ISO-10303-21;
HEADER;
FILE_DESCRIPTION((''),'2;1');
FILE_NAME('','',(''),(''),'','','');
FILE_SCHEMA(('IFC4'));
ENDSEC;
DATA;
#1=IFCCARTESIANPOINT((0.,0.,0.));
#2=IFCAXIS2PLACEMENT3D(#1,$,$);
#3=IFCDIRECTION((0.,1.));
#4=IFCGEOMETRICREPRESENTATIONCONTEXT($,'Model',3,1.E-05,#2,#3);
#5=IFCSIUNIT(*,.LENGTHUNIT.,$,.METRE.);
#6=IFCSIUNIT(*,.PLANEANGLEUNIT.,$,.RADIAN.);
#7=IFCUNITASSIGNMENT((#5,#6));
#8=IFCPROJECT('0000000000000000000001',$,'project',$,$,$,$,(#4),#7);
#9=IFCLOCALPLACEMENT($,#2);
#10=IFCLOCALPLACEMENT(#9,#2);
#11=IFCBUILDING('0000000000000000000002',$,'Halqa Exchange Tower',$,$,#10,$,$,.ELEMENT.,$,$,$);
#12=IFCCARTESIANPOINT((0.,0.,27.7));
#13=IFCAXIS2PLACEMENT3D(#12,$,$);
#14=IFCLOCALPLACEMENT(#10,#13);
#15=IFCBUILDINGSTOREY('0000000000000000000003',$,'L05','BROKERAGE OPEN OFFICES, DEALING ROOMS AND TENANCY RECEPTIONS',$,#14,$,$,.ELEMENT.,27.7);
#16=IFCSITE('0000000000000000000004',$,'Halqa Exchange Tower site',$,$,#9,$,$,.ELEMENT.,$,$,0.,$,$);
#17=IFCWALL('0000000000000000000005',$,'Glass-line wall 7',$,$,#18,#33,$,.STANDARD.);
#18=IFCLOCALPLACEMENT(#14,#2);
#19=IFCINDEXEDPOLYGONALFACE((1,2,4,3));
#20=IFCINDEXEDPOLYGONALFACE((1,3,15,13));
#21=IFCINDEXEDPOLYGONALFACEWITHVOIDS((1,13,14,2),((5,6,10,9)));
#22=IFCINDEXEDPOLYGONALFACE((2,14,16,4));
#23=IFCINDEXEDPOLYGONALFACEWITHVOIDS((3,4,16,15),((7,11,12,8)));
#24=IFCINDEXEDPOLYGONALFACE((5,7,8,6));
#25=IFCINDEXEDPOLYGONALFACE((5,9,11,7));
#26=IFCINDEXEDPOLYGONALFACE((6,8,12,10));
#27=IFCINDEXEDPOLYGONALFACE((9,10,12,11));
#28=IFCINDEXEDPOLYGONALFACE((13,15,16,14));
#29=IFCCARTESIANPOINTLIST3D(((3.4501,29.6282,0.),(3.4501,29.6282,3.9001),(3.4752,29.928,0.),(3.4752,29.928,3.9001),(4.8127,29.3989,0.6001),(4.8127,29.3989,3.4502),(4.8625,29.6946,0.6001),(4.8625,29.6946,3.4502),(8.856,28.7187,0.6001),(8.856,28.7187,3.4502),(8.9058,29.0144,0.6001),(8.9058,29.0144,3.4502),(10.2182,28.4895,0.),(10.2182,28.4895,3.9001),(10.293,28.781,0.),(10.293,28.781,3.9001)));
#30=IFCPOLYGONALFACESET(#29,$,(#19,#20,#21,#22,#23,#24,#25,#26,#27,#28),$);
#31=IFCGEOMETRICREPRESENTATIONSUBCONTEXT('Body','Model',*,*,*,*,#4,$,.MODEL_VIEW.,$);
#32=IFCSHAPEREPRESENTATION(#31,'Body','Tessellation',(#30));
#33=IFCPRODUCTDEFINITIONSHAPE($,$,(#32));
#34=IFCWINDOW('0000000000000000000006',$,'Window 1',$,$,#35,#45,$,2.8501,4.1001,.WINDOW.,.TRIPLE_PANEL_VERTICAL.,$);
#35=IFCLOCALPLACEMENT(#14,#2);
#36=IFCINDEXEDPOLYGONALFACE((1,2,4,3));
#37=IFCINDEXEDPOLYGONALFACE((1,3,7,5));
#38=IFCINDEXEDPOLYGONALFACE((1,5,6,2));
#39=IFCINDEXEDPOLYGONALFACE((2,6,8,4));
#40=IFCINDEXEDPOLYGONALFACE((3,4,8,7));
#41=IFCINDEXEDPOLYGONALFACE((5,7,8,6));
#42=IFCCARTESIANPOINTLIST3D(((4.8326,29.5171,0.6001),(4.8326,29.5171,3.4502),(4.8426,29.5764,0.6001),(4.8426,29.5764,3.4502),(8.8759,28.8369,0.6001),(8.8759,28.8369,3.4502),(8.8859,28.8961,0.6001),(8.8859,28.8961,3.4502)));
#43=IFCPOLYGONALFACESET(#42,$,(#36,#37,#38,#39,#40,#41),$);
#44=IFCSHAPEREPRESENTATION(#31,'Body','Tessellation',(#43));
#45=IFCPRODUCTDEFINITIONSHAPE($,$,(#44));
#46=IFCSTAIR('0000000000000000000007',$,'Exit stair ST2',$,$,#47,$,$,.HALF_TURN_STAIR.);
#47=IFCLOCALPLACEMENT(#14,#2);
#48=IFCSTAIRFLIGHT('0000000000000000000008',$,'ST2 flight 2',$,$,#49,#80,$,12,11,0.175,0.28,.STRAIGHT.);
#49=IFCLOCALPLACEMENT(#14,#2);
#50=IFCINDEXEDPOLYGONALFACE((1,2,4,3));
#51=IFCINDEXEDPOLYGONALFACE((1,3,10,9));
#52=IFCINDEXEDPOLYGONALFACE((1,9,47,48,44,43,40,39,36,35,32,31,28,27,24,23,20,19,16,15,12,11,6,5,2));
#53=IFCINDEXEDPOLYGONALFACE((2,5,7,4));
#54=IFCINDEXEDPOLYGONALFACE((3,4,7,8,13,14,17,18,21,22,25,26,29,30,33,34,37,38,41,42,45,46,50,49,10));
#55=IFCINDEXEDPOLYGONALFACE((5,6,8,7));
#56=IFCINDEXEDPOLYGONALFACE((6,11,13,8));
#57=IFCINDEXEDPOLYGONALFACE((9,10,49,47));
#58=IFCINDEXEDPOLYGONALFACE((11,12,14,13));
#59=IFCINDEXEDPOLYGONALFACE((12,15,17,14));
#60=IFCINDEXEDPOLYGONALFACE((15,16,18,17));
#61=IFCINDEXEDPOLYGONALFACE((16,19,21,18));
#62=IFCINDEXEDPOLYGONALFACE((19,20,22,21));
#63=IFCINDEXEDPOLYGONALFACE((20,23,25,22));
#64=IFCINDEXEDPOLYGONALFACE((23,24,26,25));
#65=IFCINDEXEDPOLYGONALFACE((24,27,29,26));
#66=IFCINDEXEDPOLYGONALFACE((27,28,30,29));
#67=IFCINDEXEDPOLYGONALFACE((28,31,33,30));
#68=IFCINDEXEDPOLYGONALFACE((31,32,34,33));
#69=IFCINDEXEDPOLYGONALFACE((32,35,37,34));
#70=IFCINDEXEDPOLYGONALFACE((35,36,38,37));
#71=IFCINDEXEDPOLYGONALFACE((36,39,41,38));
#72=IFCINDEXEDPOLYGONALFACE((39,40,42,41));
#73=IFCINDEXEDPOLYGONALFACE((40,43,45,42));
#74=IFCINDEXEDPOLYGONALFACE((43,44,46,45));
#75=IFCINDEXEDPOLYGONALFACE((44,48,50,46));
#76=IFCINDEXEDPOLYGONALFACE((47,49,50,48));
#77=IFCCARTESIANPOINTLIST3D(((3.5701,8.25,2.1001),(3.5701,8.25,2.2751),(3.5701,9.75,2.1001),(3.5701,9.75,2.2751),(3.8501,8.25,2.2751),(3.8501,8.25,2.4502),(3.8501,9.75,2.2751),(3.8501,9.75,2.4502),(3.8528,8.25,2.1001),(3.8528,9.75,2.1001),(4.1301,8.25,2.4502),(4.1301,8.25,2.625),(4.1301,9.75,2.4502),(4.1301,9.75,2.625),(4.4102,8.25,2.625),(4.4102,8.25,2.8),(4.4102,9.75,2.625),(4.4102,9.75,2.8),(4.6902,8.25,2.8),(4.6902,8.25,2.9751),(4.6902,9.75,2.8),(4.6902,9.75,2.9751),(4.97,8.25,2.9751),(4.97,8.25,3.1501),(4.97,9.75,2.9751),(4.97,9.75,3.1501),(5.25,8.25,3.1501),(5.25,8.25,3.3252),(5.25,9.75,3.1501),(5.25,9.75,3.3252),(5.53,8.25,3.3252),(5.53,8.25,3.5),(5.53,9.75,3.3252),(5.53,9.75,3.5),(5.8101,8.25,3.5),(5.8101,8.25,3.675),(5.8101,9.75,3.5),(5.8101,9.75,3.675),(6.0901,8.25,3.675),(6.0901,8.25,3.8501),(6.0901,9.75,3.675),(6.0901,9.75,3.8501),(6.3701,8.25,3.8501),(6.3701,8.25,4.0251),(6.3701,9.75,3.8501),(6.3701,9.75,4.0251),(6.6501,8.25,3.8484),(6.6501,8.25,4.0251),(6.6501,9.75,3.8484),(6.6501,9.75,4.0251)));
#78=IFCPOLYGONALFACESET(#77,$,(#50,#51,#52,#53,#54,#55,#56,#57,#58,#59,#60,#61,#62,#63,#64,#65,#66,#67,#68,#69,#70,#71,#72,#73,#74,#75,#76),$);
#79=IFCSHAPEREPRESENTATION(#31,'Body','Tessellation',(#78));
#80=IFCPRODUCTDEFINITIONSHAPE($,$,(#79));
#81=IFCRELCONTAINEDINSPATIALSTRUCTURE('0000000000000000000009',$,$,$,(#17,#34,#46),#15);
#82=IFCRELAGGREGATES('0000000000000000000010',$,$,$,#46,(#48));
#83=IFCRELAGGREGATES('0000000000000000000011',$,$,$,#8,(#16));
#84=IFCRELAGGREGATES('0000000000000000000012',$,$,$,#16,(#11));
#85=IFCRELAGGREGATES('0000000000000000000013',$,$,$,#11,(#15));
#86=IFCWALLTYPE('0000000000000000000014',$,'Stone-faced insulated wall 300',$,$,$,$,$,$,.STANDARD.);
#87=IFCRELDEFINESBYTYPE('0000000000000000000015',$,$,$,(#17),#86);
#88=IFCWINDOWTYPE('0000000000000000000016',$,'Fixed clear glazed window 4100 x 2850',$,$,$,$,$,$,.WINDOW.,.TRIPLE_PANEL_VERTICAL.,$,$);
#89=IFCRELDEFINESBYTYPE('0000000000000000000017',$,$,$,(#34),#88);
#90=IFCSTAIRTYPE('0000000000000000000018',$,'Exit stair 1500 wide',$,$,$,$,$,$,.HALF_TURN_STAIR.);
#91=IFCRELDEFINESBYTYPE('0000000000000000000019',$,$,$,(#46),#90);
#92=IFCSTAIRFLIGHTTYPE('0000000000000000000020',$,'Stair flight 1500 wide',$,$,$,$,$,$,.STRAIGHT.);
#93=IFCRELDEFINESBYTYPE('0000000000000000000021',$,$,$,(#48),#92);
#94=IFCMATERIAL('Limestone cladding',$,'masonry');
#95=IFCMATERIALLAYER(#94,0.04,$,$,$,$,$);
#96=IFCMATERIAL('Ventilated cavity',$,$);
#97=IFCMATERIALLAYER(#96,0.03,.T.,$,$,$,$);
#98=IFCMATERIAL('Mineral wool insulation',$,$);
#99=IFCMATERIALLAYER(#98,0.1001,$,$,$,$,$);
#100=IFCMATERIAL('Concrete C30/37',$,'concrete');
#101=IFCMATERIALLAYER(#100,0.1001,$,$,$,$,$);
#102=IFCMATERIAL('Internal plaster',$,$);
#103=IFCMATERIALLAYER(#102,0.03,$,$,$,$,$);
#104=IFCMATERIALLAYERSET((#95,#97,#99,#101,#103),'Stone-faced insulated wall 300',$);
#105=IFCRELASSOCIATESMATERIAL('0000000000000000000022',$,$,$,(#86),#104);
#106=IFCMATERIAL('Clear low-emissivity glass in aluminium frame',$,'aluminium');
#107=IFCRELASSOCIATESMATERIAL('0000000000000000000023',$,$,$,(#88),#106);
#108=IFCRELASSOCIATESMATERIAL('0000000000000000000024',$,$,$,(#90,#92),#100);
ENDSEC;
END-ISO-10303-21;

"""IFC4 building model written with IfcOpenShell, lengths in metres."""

from ifc_helpers import new_model, si_unit, direction, frame, frame_2d, origin, place, context, subcontext, project, spatial, polyline, rectangle, outline, extrude, material, layer, layer_set, type_object, element, fill, aggregate, save


model = new_model("IFC4")

# Units and contexts
model_context = context("Model", 3, precision=1e-05, world=origin(), true_north=direction((0.0, 1.0)))
body_context = subcontext(model_context, "Body", "Model", "MODEL_VIEW")
ifc_project = project(units=[si_unit("LENGTHUNIT", "METRE"), si_unit("PLANEANGLEUNIT", "RADIAN")], contexts=[model_context])

# Site, building, storey
site_placement = place(None, origin())
site = spatial("IfcSite", under=ifc_project, at=site_placement, Name="Halqa Exchange Tower site", CompositionType="ELEMENT", RefElevation=0.0)
building_placement = place(site_placement, origin())
building = spatial("IfcBuilding", under=site, at=building_placement, Name="Halqa Exchange Tower", CompositionType="ELEMENT")
storey_placement = place(building_placement, frame((0.0, 0.0, 27.7)))
storey = spatial("IfcBuildingStorey", under=building, at=storey_placement, Name="L05", Description="BROKERAGE OPEN OFFICES, DEALING ROOMS AND TENANCY RECEPTIONS", CompositionType="ELEMENT", Elevation=27.7)

# Shared definitions
ifc_material_1 = material(Name="Concrete C30/37", Category="concrete")

# Wall, opening, window
ifc_material_2 = material(Name="Limestone cladding", Category="masonry")
ifc_layer_1 = layer(ifc_material_2, 0.04)
ifc_material_3 = material(Name="Ventilated cavity")
ifc_layer_2 = layer(ifc_material_3, 0.03, ventilated=True)
ifc_material_4 = material(Name="Mineral wool insulation")
ifc_layer_3 = layer(ifc_material_4, 0.1001)
ifc_layer_4 = layer(ifc_material_1, 0.1001)
ifc_material_5 = material(Name="Internal plaster")
ifc_layer_5 = layer(ifc_material_5, 0.03)
ifc_layer_set_1 = layer_set([ifc_layer_1, ifc_layer_2, ifc_layer_3, ifc_layer_4, ifc_layer_5], Name="Stone-faced insulated wall 300")
wall_type_1 = type_object("IfcWallType", Name="Stone-faced insulated wall 300", PredefinedType="STANDARD", material=ifc_layer_set_1)
wall_1_placement = place(storey_placement, frame((10.2556, 28.6353, 0.0), z_axis=(0.0, 0.0, 1.0), x_axis=(-0.986142, 0.165905, 0.0)))
wall_1 = element("IfcWall", 1, at=wall_1_placement, inside=storey, type_object=wall_type_1, Name="Glass-line wall 7", PredefinedType="STANDARD", context=body_context, shape_type="SweptSolid", body=[
    extrude(outline(polyline([(-0.0127, -0.1499), (6.9009, -0.1499), (6.876, 0.1499), (0.0127, 0.1499), (-0.0127, -0.1499)])), origin(), (0.0, 0.0, 1.0), 3.9001),
])
opening_1_placement = place(wall_1_placement, frame((1.394, 0.0, 0.6001)))
opening_1 = element("IfcOpeningElement", 2, at=opening_1_placement, cuts=wall_1, PredefinedType="OPENING", context=body_context, shape_type="SweptSolid", body=[
    extrude(rectangle(XDim=4.1001, YDim=2.8501, at=frame_2d((2.05, 1.425))), frame((0.0, 0.1621, 0.0), z_axis=(0.0, -1.0, 0.0), x_axis=(1.0, 0.0, 0.0)), (0.0, 0.0, 1.0), 0.324),
])
ifc_material_6 = material(Name="Clear low-emissivity glass in aluminium frame", Category="aluminium")
window_type = type_object("IfcWindowType", Name="Fixed clear glazed window 4100 x 2850", PartitioningType="TRIPLE_PANEL_VERTICAL", PredefinedType="WINDOW", material=ifc_material_6)
window_placement = place(opening_1_placement, origin())
window = element("IfcWindow", 3, at=window_placement, inside=storey, type_object=window_type, Name="Window 1", OverallHeight=2.8501, OverallWidth=4.1001, PartitioningType="TRIPLE_PANEL_VERTICAL", PredefinedType="WINDOW", context=body_context, shape_type="SweptSolid", body=[
    extrude(rectangle(XDim=4.1001, YDim=2.8501, at=frame_2d((2.05, 1.425))), frame((0.0, 0.03, 0.0), z_axis=(0.0, -1.0, 0.0), x_axis=(1.0, 0.0, 0.0)), (0.0, 0.0, 1.0), 0.0601),
])
fill(opening_1, window)

# Stair, stair flight
stair_type = type_object("IfcStairType", Name="Exit stair 1500 wide", PredefinedType="HALF_TURN_STAIR", material=ifc_material_1)
stair_placement = place(storey_placement, origin())
stair = element("IfcStair", 4, at=stair_placement, inside=storey, type_object=stair_type, Name="Exit stair ST2", PredefinedType="HALF_TURN_STAIR")
stair_flight_type = type_object("IfcStairFlightType", Name="Stair flight 1500 wide", PredefinedType="STRAIGHT", material=ifc_material_1)
stair_flight_placement = place(storey_placement, frame((3.5701, 9.0, 2.1001), z_axis=(0.0, 0.0, 1.0), x_axis=(1.0, 0.0, 0.0)))
stair_flight = element("IfcStairFlight", 5, at=stair_flight_placement, type_object=stair_flight_type, Name="ST2 flight 2", NumberOfRisers=12, NumberOfTreads=11, PredefinedType="STRAIGHT", RiserHeight=0.175, TreadLength=0.28, context=body_context, shape_type="SweptSolid", body=[
    extrude(outline(polyline([(0.0, 0.0), (0.0, 0.175), (0.28, 0.175), (0.28, 0.3501), (0.5601, 0.3501), (0.5601, 0.5249), (0.8401, 0.5249), (0.8401, 0.7), (1.1201, 0.7), (1.1201, 0.875), (1.3999, 0.875), (1.3999, 1.05), (1.6799, 1.05), (1.6799, 1.2251), (1.96, 1.2251), (1.96, 1.3999), (2.24, 1.3999), (2.24, 1.575), (2.52, 1.575), (2.52, 1.75), (2.8, 1.75), (2.8, 1.925), (3.0801, 1.925), (3.0801, 2.1001), (3.0801, 1.7483), (0.2827, 0.0), (0.0, 0.0)])), frame((0.0, 0.75, 0.0), z_axis=(0.0, -1.0, 0.0), x_axis=(1.0, 0.0, 0.0)), (0.0, 0.0, 1.0), 1.5),
])
aggregate(stair, [stair_flight])

save(model, "model.ifc")
